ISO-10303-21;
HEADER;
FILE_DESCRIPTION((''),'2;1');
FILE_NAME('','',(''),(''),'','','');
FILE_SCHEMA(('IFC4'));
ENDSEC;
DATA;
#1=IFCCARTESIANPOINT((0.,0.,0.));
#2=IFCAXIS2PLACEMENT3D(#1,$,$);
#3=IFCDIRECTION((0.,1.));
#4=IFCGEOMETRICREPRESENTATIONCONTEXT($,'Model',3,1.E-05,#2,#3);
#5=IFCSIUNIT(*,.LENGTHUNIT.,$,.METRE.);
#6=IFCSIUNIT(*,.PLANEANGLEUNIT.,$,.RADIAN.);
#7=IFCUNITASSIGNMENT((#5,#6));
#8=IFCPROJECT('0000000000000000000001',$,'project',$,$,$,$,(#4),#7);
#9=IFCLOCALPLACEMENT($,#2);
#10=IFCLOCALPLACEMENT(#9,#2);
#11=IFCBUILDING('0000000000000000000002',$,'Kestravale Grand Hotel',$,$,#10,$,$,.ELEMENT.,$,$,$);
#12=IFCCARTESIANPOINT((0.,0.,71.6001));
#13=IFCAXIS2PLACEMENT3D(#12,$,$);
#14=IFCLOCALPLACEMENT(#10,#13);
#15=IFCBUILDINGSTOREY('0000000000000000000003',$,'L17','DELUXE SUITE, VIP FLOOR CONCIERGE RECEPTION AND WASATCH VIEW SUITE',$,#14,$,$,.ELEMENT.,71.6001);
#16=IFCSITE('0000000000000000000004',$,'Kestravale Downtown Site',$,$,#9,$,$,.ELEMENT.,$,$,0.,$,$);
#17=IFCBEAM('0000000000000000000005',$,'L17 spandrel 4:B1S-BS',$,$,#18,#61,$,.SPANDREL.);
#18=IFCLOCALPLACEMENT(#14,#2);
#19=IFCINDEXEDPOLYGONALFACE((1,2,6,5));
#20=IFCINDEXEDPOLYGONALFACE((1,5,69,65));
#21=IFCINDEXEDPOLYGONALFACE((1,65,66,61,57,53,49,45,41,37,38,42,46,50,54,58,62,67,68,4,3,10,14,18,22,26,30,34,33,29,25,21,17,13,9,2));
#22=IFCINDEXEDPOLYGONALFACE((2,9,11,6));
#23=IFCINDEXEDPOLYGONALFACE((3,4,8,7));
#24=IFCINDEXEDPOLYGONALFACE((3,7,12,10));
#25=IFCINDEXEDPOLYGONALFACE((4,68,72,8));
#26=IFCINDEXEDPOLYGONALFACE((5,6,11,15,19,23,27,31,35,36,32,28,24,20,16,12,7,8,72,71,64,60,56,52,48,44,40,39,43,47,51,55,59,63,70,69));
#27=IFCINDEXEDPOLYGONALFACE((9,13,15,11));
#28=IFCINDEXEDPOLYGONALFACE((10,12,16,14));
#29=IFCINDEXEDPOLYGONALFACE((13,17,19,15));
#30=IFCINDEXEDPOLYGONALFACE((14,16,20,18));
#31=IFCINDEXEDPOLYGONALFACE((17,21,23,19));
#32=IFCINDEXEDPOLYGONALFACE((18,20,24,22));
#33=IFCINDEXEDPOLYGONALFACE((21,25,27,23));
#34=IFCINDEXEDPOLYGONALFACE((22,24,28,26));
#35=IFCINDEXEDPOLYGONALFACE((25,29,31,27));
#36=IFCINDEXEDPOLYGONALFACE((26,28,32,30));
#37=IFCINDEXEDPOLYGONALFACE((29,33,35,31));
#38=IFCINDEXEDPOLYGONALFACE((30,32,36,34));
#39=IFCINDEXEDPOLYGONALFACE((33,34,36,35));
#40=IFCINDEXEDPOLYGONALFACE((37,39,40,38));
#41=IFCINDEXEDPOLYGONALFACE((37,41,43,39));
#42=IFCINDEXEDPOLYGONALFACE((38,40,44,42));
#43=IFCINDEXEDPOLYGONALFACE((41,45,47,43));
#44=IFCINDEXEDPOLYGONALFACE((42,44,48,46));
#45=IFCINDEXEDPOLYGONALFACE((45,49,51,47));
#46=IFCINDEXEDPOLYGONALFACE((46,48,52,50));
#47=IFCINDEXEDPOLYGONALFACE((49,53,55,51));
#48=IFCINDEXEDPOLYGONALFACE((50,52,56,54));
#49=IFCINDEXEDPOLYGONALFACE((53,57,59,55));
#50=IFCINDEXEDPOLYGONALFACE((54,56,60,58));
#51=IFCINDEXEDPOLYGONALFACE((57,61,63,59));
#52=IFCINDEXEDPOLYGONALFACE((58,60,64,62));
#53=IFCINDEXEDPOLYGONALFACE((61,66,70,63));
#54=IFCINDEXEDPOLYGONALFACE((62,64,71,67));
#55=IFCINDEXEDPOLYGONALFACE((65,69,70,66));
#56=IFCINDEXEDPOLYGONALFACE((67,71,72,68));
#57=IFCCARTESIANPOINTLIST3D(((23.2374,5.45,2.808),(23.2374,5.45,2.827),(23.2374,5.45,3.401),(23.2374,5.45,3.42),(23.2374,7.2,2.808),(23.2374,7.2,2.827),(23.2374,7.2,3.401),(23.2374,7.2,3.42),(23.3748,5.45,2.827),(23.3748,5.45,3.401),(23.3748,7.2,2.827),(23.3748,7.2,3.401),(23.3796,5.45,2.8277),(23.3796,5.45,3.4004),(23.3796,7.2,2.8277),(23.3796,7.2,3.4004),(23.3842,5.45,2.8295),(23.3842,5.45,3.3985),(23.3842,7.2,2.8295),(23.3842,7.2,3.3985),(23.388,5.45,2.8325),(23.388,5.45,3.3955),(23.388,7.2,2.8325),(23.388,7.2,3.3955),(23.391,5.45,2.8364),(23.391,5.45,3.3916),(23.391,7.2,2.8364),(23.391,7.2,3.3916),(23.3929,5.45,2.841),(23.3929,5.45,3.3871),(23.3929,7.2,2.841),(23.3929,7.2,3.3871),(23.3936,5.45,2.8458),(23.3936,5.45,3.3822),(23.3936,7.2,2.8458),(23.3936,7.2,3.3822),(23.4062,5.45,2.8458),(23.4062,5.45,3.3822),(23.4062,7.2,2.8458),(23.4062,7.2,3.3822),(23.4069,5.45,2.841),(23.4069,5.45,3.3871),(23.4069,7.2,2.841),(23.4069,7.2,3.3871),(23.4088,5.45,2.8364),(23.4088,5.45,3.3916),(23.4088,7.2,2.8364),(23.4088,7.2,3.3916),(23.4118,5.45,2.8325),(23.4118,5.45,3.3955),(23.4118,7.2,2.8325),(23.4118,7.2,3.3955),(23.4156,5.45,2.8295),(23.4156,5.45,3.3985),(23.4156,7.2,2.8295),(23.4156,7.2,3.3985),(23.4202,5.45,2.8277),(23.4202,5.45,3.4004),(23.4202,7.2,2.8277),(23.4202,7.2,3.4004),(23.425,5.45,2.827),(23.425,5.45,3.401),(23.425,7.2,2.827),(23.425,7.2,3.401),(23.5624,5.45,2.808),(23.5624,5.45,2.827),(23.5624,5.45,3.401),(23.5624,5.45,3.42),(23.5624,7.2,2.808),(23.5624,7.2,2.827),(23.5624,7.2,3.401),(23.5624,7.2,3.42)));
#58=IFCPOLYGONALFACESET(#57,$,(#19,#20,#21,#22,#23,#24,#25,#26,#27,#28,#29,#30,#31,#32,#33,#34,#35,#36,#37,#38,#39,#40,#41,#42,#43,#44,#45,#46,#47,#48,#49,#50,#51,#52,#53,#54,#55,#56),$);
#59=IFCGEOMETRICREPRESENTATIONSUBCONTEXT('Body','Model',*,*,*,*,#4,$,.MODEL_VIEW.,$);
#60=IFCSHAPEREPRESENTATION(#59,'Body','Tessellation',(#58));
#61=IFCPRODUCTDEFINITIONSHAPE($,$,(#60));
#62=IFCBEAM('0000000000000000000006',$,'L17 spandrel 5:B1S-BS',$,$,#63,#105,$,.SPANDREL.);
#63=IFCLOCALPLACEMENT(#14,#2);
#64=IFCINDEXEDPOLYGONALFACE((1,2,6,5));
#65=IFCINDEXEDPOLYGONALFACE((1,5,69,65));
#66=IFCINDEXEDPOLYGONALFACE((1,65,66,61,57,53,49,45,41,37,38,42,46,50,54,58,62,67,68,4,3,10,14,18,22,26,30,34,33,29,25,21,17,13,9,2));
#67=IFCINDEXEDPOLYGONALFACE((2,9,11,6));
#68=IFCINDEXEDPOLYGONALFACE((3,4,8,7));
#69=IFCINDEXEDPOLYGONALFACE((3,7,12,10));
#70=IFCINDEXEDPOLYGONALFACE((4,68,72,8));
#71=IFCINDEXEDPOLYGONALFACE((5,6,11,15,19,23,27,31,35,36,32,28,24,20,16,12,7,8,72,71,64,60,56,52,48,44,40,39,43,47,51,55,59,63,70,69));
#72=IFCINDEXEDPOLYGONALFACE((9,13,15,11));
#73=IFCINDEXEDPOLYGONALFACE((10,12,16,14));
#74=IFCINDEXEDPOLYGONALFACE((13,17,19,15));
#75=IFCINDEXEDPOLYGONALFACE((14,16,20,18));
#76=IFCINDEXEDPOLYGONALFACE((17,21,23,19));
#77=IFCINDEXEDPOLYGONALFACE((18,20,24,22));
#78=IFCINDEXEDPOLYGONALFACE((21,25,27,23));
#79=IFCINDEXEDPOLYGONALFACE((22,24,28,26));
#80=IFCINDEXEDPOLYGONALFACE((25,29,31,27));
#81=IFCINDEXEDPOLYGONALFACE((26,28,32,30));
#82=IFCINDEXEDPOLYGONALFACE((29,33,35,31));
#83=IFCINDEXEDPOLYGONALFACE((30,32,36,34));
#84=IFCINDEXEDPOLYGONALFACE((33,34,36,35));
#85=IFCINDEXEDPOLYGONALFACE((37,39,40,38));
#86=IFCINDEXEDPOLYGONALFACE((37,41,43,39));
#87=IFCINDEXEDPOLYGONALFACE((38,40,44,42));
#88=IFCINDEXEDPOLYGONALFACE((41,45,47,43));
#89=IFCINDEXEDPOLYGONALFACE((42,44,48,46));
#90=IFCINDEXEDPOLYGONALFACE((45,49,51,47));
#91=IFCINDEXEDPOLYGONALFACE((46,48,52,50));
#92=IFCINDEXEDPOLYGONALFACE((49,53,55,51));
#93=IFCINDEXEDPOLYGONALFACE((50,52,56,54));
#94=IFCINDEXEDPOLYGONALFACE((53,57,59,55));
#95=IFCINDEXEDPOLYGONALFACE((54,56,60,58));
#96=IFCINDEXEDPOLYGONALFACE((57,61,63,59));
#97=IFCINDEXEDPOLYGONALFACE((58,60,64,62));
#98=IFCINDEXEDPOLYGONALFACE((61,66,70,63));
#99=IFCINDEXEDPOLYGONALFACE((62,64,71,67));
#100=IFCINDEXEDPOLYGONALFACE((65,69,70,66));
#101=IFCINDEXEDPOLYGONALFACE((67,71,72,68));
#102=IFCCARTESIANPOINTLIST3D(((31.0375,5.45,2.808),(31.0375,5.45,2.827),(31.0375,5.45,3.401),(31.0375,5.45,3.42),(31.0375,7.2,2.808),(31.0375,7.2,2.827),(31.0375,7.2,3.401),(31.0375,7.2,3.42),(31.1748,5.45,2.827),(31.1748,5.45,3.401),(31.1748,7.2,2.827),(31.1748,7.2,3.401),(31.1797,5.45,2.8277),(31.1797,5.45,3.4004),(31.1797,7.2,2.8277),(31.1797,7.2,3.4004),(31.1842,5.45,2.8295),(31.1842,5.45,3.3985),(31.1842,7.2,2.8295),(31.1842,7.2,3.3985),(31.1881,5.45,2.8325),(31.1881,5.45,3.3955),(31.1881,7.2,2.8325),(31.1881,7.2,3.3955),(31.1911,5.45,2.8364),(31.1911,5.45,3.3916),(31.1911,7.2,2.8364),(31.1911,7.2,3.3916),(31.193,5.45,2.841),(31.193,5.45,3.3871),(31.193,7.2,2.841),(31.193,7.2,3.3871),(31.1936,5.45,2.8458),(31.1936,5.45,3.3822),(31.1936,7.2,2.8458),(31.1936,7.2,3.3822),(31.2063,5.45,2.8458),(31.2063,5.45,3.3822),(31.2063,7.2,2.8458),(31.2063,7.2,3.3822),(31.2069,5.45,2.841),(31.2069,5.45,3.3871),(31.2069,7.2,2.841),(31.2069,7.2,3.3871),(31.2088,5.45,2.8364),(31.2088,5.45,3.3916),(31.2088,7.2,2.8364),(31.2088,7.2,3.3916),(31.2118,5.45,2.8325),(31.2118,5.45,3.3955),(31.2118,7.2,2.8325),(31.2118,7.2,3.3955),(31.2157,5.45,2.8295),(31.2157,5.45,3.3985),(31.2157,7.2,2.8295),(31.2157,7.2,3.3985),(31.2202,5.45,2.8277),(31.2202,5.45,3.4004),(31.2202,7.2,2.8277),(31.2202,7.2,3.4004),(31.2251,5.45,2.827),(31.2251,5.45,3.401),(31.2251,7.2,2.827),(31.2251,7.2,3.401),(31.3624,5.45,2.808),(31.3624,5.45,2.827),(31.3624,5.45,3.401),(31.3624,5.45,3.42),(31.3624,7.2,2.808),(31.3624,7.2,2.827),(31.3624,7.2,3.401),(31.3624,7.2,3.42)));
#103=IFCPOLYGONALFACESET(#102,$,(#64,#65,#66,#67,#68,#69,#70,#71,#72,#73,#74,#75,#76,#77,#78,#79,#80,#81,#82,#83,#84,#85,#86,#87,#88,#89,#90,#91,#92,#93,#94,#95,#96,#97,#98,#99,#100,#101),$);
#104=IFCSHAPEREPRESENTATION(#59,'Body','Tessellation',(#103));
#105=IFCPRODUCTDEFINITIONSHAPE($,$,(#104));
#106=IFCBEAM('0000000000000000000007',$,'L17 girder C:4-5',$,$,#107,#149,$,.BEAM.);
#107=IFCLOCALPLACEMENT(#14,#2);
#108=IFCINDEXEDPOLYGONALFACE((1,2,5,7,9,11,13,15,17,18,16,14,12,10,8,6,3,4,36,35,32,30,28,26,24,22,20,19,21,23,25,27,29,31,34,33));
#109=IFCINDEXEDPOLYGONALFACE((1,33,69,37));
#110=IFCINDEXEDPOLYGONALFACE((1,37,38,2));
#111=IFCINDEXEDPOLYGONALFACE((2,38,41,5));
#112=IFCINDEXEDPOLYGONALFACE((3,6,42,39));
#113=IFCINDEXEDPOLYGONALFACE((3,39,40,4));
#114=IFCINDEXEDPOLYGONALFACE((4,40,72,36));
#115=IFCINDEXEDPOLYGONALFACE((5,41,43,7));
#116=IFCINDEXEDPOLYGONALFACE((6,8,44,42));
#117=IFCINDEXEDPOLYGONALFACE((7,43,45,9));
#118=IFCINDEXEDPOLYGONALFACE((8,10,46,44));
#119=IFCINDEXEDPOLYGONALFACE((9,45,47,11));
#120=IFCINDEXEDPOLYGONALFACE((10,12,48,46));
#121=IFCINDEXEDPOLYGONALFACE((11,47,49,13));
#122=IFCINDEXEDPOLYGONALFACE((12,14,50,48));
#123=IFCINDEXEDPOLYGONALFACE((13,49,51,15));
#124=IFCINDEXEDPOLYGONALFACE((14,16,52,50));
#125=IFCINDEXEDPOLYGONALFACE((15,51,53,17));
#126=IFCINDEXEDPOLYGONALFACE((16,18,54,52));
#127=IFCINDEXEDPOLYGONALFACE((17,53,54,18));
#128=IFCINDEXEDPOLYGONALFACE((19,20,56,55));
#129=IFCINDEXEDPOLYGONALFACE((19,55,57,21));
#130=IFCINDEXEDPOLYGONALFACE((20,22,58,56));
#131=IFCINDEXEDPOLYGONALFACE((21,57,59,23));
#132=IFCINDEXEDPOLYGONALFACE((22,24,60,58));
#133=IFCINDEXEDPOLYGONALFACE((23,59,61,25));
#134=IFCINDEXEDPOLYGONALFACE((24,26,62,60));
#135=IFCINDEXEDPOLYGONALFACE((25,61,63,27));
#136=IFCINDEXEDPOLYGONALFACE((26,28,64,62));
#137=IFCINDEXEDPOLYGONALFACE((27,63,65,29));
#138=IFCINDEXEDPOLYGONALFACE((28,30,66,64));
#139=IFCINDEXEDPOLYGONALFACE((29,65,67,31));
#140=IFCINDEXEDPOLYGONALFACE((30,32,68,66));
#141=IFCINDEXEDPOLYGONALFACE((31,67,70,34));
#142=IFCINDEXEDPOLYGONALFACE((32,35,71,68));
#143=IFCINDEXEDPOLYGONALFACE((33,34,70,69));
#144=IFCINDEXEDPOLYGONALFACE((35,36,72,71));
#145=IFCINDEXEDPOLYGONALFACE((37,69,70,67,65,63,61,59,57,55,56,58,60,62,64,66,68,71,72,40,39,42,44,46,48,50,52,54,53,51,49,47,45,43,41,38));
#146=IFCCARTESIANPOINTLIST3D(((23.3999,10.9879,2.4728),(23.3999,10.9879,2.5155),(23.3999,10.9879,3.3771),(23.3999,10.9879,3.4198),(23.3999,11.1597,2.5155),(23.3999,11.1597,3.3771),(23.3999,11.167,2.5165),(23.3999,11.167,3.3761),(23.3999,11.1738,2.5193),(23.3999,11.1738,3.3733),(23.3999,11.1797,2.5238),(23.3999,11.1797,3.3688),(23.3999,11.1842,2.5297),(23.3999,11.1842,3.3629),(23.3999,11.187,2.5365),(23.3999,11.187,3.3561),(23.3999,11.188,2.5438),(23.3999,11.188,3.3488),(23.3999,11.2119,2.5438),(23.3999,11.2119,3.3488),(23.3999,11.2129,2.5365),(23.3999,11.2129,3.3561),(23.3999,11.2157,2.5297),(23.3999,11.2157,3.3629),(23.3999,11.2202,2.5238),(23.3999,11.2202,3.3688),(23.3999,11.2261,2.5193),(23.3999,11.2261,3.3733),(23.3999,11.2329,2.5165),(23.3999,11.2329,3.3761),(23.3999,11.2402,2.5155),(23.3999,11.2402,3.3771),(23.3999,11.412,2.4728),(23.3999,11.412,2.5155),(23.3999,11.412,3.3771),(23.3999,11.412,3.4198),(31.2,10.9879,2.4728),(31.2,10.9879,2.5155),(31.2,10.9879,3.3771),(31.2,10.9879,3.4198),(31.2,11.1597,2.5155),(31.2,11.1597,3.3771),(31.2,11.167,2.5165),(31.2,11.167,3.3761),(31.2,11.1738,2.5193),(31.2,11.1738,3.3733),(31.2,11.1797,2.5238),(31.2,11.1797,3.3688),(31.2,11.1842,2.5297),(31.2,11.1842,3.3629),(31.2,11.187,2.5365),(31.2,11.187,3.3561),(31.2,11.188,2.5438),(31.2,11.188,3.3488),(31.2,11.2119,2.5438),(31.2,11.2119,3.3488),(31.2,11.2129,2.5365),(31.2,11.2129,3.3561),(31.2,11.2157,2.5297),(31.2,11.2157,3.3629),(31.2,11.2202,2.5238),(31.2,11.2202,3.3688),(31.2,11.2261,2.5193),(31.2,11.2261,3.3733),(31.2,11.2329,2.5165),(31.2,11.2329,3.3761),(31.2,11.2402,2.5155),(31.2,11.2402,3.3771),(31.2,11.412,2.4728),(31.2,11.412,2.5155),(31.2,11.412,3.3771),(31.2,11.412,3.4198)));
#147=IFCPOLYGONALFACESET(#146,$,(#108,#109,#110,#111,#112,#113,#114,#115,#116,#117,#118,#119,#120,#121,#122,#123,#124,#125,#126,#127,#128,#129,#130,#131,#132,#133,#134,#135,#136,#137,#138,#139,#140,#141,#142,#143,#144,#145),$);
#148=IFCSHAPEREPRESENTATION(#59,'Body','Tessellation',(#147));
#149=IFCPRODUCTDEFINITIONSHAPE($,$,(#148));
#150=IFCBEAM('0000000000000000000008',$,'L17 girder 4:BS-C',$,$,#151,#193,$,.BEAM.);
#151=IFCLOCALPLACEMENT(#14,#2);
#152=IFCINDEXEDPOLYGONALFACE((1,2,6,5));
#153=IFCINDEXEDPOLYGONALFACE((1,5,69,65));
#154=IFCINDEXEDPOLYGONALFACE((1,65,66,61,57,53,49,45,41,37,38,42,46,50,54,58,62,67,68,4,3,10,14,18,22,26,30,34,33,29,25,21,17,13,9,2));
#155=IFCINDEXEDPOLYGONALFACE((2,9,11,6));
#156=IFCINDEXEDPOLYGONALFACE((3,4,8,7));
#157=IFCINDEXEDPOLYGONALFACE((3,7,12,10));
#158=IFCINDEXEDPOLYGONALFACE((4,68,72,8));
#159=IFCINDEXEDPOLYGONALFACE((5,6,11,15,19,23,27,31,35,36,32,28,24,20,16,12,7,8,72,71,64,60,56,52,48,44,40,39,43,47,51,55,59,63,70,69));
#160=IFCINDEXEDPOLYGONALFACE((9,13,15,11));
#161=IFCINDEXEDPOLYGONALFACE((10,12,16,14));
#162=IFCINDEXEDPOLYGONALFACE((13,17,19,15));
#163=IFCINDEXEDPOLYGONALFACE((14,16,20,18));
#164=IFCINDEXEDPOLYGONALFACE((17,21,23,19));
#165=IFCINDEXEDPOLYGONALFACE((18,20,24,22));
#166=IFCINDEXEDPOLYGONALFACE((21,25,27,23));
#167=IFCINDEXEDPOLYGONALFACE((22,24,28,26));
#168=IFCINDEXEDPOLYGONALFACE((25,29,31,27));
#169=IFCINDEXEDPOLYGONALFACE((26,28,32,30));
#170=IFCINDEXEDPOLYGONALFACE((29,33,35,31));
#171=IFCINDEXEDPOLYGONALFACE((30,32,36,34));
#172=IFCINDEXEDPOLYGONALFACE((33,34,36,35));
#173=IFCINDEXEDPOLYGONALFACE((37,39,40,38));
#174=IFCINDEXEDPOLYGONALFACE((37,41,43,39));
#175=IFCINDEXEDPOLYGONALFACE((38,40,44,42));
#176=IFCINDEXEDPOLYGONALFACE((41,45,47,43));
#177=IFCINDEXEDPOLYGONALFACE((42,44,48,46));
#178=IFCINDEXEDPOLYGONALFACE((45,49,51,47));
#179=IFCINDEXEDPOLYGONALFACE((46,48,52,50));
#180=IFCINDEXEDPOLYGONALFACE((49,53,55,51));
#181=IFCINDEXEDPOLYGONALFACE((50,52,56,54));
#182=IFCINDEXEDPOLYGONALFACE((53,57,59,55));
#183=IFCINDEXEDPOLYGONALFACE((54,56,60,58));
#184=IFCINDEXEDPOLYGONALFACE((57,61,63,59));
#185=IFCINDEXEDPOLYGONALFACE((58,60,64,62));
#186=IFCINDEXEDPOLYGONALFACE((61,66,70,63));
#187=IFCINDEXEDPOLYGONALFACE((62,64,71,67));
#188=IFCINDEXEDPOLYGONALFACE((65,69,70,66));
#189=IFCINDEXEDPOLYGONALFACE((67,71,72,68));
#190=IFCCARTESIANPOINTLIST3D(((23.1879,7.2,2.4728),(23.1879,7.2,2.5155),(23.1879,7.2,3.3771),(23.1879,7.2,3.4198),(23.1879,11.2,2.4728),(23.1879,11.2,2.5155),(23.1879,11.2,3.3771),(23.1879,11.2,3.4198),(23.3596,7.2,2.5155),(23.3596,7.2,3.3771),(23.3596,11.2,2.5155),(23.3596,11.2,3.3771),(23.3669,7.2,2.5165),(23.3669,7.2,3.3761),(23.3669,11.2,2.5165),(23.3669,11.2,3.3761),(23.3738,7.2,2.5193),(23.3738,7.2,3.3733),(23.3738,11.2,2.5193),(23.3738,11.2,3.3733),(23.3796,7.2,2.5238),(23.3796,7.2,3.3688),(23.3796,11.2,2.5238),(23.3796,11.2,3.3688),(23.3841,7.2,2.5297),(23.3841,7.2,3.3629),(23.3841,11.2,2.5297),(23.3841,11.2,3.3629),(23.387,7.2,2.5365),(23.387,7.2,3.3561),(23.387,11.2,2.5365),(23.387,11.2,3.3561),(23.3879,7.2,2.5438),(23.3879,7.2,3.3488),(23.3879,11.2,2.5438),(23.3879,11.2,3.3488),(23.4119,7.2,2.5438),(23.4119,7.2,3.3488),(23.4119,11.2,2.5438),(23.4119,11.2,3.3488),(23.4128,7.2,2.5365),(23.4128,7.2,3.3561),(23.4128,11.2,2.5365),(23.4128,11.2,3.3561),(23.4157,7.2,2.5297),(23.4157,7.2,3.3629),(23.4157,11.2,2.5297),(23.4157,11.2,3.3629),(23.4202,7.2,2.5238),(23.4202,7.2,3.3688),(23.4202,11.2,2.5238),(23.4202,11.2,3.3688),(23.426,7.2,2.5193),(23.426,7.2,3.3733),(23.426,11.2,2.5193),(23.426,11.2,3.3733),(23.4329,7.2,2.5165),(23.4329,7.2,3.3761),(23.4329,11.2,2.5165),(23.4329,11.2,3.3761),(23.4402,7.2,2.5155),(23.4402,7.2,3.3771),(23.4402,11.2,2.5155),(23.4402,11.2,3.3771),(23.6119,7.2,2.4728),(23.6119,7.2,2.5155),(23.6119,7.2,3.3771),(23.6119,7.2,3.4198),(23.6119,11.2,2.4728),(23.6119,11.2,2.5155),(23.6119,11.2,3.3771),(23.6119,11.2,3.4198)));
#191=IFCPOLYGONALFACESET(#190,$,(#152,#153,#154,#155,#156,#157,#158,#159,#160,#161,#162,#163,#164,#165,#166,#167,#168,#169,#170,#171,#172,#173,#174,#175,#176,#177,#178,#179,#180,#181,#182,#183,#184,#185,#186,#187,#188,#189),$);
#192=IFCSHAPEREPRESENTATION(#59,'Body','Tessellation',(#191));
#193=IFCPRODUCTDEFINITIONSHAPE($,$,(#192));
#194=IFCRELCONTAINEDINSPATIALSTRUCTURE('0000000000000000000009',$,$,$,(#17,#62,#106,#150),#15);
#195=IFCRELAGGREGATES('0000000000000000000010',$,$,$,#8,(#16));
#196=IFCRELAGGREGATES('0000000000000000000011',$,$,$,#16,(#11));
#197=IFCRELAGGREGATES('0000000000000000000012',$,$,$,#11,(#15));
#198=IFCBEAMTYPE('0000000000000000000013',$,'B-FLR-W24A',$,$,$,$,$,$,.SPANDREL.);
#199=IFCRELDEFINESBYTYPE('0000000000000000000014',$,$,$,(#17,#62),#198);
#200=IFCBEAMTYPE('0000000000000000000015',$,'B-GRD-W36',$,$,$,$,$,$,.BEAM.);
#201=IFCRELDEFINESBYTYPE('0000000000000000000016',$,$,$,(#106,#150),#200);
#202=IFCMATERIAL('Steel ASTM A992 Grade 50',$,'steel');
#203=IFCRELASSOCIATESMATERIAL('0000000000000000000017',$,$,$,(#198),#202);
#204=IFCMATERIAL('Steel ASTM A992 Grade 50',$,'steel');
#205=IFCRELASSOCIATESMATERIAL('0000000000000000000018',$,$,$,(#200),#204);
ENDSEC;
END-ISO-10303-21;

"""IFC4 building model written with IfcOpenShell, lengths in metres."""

from ifc_helpers import new_model, si_unit, direction, frame, origin, origin_2d, place, context, subcontext, project, spatial, i_section, extrude, material, material_profile, profile_set, type_object, element, save


model = new_model("IFC4")

# Units and contexts
model_context = context("Model", 3, precision=1e-05, world=origin(), true_north=direction((0.0, 1.0)))
body_context = subcontext(model_context, "Body", "Model", "MODEL_VIEW")
ifc_project = project(units=[si_unit("LENGTHUNIT", "METRE"), si_unit("PLANEANGLEUNIT", "RADIAN")], contexts=[model_context])

# Site, building, storey
site_placement = place(None, origin())
site = spatial("IfcSite", under=ifc_project, at=site_placement, Name="Kestravale Downtown Site", CompositionType="ELEMENT", RefElevation=0.0)
building_placement = place(site_placement, origin())
building = spatial("IfcBuilding", under=site, at=building_placement, Name="Kestravale Grand Hotel", CompositionType="ELEMENT")
storey_placement = place(building_placement, frame((0.0, 0.0, 71.6001)))
storey = spatial("IfcBuildingStorey", under=building, at=storey_placement, Name="L17", Description="DELUXE SUITE, VIP FLOOR CONCIERGE RECEPTION AND WASATCH VIEW SUITE", CompositionType="ELEMENT", Elevation=71.6001)

# Beams
ifc_material_1 = material(Name="Steel ASTM A992 Grade 50", Category="steel")
ifc_material_profile_1 = material_profile(ifc_material_1, i_section(OverallWidth=0.325, OverallDepth=0.6121, WebThickness=0.0127, FlangeThickness=0.019, FilletRadius=0.0188, at=origin_2d()))
ifc_profile_set_1 = profile_set([ifc_material_profile_1], Name="Steel ASTM A992 Grade 50")
beam_type_1 = type_object("IfcBeamType", Name="B-FLR-W24A", PredefinedType="SPANDREL", material=ifc_profile_set_1)
for number, where, z_axis, x_axis, name in (
    (1, (23.3999, 5.45, 3.114), (0.0, 1.0, 0.0), (-1.0, 0.0, 0.0), "L17 spandrel 4:B1S-BS"),
    (2, (31.2, 5.45, 3.114), (0.0, 1.0, 0.0), (-1.0, 0.0, 0.0), "L17 spandrel 5:B1S-BS"),
):
    element("IfcBeam", number, at=place(storey_placement, frame(where, z_axis=z_axis, x_axis=x_axis)), inside=storey, type_object=beam_type_1, Name=name, PredefinedType="SPANDREL", context=body_context, shape_type="SweptSolid", body=[
        extrude(i_section(OverallWidth=0.325, OverallDepth=0.6121, WebThickness=0.0127, FlangeThickness=0.019, FilletRadius=0.0188, at=origin_2d()), origin(), (0.0, 0.0, 1.0), 1.75),
    ])
ifc_material_2 = material(Name="Steel ASTM A992 Grade 50", Category="steel")
ifc_material_profile_2 = material_profile(ifc_material_2, i_section(OverallWidth=0.4241, OverallDepth=0.947, WebThickness=0.0239, FlangeThickness=0.0427, FilletRadius=0.0283, at=origin_2d()))
ifc_profile_set_2 = profile_set([ifc_material_profile_2], Name="Steel ASTM A992 Grade 50")
beam_type_2 = type_object("IfcBeamType", Name="B-GRD-W36", PredefinedType="BEAM", material=ifc_profile_set_2)
beam_1_placement = place(storey_placement, frame((23.3999, 11.2, 2.9463), z_axis=(1.0, 0.0, 0.0), x_axis=(0.0, 1.0, 0.0)))
element("IfcBeam", 3, at=beam_1_placement, inside=storey, type_object=beam_type_2, Name="L17 girder C:4-5", PredefinedType="BEAM", context=body_context, shape_type="SweptSolid", body=[
    extrude(i_section(OverallWidth=0.4241, OverallDepth=0.947, WebThickness=0.0239, FlangeThickness=0.0427, FilletRadius=0.0283, at=origin_2d()), origin(), (0.0, 0.0, 1.0), 7.8),
])
beam_2_placement = place(storey_placement, frame((23.3999, 7.2, 2.9463), z_axis=(0.0, 1.0, 0.0), x_axis=(-1.0, 0.0, 0.0)))
element("IfcBeam", 4, at=beam_2_placement, inside=storey, type_object=beam_type_2, Name="L17 girder 4:BS-C", PredefinedType="BEAM", context=body_context, shape_type="SweptSolid", body=[
    extrude(i_section(OverallWidth=0.4241, OverallDepth=0.947, WebThickness=0.0239, FlangeThickness=0.0427, FilletRadius=0.0283, at=origin_2d()), origin(), (0.0, 0.0, 1.0), 4.0),
])

save(model, "model.ifc")
